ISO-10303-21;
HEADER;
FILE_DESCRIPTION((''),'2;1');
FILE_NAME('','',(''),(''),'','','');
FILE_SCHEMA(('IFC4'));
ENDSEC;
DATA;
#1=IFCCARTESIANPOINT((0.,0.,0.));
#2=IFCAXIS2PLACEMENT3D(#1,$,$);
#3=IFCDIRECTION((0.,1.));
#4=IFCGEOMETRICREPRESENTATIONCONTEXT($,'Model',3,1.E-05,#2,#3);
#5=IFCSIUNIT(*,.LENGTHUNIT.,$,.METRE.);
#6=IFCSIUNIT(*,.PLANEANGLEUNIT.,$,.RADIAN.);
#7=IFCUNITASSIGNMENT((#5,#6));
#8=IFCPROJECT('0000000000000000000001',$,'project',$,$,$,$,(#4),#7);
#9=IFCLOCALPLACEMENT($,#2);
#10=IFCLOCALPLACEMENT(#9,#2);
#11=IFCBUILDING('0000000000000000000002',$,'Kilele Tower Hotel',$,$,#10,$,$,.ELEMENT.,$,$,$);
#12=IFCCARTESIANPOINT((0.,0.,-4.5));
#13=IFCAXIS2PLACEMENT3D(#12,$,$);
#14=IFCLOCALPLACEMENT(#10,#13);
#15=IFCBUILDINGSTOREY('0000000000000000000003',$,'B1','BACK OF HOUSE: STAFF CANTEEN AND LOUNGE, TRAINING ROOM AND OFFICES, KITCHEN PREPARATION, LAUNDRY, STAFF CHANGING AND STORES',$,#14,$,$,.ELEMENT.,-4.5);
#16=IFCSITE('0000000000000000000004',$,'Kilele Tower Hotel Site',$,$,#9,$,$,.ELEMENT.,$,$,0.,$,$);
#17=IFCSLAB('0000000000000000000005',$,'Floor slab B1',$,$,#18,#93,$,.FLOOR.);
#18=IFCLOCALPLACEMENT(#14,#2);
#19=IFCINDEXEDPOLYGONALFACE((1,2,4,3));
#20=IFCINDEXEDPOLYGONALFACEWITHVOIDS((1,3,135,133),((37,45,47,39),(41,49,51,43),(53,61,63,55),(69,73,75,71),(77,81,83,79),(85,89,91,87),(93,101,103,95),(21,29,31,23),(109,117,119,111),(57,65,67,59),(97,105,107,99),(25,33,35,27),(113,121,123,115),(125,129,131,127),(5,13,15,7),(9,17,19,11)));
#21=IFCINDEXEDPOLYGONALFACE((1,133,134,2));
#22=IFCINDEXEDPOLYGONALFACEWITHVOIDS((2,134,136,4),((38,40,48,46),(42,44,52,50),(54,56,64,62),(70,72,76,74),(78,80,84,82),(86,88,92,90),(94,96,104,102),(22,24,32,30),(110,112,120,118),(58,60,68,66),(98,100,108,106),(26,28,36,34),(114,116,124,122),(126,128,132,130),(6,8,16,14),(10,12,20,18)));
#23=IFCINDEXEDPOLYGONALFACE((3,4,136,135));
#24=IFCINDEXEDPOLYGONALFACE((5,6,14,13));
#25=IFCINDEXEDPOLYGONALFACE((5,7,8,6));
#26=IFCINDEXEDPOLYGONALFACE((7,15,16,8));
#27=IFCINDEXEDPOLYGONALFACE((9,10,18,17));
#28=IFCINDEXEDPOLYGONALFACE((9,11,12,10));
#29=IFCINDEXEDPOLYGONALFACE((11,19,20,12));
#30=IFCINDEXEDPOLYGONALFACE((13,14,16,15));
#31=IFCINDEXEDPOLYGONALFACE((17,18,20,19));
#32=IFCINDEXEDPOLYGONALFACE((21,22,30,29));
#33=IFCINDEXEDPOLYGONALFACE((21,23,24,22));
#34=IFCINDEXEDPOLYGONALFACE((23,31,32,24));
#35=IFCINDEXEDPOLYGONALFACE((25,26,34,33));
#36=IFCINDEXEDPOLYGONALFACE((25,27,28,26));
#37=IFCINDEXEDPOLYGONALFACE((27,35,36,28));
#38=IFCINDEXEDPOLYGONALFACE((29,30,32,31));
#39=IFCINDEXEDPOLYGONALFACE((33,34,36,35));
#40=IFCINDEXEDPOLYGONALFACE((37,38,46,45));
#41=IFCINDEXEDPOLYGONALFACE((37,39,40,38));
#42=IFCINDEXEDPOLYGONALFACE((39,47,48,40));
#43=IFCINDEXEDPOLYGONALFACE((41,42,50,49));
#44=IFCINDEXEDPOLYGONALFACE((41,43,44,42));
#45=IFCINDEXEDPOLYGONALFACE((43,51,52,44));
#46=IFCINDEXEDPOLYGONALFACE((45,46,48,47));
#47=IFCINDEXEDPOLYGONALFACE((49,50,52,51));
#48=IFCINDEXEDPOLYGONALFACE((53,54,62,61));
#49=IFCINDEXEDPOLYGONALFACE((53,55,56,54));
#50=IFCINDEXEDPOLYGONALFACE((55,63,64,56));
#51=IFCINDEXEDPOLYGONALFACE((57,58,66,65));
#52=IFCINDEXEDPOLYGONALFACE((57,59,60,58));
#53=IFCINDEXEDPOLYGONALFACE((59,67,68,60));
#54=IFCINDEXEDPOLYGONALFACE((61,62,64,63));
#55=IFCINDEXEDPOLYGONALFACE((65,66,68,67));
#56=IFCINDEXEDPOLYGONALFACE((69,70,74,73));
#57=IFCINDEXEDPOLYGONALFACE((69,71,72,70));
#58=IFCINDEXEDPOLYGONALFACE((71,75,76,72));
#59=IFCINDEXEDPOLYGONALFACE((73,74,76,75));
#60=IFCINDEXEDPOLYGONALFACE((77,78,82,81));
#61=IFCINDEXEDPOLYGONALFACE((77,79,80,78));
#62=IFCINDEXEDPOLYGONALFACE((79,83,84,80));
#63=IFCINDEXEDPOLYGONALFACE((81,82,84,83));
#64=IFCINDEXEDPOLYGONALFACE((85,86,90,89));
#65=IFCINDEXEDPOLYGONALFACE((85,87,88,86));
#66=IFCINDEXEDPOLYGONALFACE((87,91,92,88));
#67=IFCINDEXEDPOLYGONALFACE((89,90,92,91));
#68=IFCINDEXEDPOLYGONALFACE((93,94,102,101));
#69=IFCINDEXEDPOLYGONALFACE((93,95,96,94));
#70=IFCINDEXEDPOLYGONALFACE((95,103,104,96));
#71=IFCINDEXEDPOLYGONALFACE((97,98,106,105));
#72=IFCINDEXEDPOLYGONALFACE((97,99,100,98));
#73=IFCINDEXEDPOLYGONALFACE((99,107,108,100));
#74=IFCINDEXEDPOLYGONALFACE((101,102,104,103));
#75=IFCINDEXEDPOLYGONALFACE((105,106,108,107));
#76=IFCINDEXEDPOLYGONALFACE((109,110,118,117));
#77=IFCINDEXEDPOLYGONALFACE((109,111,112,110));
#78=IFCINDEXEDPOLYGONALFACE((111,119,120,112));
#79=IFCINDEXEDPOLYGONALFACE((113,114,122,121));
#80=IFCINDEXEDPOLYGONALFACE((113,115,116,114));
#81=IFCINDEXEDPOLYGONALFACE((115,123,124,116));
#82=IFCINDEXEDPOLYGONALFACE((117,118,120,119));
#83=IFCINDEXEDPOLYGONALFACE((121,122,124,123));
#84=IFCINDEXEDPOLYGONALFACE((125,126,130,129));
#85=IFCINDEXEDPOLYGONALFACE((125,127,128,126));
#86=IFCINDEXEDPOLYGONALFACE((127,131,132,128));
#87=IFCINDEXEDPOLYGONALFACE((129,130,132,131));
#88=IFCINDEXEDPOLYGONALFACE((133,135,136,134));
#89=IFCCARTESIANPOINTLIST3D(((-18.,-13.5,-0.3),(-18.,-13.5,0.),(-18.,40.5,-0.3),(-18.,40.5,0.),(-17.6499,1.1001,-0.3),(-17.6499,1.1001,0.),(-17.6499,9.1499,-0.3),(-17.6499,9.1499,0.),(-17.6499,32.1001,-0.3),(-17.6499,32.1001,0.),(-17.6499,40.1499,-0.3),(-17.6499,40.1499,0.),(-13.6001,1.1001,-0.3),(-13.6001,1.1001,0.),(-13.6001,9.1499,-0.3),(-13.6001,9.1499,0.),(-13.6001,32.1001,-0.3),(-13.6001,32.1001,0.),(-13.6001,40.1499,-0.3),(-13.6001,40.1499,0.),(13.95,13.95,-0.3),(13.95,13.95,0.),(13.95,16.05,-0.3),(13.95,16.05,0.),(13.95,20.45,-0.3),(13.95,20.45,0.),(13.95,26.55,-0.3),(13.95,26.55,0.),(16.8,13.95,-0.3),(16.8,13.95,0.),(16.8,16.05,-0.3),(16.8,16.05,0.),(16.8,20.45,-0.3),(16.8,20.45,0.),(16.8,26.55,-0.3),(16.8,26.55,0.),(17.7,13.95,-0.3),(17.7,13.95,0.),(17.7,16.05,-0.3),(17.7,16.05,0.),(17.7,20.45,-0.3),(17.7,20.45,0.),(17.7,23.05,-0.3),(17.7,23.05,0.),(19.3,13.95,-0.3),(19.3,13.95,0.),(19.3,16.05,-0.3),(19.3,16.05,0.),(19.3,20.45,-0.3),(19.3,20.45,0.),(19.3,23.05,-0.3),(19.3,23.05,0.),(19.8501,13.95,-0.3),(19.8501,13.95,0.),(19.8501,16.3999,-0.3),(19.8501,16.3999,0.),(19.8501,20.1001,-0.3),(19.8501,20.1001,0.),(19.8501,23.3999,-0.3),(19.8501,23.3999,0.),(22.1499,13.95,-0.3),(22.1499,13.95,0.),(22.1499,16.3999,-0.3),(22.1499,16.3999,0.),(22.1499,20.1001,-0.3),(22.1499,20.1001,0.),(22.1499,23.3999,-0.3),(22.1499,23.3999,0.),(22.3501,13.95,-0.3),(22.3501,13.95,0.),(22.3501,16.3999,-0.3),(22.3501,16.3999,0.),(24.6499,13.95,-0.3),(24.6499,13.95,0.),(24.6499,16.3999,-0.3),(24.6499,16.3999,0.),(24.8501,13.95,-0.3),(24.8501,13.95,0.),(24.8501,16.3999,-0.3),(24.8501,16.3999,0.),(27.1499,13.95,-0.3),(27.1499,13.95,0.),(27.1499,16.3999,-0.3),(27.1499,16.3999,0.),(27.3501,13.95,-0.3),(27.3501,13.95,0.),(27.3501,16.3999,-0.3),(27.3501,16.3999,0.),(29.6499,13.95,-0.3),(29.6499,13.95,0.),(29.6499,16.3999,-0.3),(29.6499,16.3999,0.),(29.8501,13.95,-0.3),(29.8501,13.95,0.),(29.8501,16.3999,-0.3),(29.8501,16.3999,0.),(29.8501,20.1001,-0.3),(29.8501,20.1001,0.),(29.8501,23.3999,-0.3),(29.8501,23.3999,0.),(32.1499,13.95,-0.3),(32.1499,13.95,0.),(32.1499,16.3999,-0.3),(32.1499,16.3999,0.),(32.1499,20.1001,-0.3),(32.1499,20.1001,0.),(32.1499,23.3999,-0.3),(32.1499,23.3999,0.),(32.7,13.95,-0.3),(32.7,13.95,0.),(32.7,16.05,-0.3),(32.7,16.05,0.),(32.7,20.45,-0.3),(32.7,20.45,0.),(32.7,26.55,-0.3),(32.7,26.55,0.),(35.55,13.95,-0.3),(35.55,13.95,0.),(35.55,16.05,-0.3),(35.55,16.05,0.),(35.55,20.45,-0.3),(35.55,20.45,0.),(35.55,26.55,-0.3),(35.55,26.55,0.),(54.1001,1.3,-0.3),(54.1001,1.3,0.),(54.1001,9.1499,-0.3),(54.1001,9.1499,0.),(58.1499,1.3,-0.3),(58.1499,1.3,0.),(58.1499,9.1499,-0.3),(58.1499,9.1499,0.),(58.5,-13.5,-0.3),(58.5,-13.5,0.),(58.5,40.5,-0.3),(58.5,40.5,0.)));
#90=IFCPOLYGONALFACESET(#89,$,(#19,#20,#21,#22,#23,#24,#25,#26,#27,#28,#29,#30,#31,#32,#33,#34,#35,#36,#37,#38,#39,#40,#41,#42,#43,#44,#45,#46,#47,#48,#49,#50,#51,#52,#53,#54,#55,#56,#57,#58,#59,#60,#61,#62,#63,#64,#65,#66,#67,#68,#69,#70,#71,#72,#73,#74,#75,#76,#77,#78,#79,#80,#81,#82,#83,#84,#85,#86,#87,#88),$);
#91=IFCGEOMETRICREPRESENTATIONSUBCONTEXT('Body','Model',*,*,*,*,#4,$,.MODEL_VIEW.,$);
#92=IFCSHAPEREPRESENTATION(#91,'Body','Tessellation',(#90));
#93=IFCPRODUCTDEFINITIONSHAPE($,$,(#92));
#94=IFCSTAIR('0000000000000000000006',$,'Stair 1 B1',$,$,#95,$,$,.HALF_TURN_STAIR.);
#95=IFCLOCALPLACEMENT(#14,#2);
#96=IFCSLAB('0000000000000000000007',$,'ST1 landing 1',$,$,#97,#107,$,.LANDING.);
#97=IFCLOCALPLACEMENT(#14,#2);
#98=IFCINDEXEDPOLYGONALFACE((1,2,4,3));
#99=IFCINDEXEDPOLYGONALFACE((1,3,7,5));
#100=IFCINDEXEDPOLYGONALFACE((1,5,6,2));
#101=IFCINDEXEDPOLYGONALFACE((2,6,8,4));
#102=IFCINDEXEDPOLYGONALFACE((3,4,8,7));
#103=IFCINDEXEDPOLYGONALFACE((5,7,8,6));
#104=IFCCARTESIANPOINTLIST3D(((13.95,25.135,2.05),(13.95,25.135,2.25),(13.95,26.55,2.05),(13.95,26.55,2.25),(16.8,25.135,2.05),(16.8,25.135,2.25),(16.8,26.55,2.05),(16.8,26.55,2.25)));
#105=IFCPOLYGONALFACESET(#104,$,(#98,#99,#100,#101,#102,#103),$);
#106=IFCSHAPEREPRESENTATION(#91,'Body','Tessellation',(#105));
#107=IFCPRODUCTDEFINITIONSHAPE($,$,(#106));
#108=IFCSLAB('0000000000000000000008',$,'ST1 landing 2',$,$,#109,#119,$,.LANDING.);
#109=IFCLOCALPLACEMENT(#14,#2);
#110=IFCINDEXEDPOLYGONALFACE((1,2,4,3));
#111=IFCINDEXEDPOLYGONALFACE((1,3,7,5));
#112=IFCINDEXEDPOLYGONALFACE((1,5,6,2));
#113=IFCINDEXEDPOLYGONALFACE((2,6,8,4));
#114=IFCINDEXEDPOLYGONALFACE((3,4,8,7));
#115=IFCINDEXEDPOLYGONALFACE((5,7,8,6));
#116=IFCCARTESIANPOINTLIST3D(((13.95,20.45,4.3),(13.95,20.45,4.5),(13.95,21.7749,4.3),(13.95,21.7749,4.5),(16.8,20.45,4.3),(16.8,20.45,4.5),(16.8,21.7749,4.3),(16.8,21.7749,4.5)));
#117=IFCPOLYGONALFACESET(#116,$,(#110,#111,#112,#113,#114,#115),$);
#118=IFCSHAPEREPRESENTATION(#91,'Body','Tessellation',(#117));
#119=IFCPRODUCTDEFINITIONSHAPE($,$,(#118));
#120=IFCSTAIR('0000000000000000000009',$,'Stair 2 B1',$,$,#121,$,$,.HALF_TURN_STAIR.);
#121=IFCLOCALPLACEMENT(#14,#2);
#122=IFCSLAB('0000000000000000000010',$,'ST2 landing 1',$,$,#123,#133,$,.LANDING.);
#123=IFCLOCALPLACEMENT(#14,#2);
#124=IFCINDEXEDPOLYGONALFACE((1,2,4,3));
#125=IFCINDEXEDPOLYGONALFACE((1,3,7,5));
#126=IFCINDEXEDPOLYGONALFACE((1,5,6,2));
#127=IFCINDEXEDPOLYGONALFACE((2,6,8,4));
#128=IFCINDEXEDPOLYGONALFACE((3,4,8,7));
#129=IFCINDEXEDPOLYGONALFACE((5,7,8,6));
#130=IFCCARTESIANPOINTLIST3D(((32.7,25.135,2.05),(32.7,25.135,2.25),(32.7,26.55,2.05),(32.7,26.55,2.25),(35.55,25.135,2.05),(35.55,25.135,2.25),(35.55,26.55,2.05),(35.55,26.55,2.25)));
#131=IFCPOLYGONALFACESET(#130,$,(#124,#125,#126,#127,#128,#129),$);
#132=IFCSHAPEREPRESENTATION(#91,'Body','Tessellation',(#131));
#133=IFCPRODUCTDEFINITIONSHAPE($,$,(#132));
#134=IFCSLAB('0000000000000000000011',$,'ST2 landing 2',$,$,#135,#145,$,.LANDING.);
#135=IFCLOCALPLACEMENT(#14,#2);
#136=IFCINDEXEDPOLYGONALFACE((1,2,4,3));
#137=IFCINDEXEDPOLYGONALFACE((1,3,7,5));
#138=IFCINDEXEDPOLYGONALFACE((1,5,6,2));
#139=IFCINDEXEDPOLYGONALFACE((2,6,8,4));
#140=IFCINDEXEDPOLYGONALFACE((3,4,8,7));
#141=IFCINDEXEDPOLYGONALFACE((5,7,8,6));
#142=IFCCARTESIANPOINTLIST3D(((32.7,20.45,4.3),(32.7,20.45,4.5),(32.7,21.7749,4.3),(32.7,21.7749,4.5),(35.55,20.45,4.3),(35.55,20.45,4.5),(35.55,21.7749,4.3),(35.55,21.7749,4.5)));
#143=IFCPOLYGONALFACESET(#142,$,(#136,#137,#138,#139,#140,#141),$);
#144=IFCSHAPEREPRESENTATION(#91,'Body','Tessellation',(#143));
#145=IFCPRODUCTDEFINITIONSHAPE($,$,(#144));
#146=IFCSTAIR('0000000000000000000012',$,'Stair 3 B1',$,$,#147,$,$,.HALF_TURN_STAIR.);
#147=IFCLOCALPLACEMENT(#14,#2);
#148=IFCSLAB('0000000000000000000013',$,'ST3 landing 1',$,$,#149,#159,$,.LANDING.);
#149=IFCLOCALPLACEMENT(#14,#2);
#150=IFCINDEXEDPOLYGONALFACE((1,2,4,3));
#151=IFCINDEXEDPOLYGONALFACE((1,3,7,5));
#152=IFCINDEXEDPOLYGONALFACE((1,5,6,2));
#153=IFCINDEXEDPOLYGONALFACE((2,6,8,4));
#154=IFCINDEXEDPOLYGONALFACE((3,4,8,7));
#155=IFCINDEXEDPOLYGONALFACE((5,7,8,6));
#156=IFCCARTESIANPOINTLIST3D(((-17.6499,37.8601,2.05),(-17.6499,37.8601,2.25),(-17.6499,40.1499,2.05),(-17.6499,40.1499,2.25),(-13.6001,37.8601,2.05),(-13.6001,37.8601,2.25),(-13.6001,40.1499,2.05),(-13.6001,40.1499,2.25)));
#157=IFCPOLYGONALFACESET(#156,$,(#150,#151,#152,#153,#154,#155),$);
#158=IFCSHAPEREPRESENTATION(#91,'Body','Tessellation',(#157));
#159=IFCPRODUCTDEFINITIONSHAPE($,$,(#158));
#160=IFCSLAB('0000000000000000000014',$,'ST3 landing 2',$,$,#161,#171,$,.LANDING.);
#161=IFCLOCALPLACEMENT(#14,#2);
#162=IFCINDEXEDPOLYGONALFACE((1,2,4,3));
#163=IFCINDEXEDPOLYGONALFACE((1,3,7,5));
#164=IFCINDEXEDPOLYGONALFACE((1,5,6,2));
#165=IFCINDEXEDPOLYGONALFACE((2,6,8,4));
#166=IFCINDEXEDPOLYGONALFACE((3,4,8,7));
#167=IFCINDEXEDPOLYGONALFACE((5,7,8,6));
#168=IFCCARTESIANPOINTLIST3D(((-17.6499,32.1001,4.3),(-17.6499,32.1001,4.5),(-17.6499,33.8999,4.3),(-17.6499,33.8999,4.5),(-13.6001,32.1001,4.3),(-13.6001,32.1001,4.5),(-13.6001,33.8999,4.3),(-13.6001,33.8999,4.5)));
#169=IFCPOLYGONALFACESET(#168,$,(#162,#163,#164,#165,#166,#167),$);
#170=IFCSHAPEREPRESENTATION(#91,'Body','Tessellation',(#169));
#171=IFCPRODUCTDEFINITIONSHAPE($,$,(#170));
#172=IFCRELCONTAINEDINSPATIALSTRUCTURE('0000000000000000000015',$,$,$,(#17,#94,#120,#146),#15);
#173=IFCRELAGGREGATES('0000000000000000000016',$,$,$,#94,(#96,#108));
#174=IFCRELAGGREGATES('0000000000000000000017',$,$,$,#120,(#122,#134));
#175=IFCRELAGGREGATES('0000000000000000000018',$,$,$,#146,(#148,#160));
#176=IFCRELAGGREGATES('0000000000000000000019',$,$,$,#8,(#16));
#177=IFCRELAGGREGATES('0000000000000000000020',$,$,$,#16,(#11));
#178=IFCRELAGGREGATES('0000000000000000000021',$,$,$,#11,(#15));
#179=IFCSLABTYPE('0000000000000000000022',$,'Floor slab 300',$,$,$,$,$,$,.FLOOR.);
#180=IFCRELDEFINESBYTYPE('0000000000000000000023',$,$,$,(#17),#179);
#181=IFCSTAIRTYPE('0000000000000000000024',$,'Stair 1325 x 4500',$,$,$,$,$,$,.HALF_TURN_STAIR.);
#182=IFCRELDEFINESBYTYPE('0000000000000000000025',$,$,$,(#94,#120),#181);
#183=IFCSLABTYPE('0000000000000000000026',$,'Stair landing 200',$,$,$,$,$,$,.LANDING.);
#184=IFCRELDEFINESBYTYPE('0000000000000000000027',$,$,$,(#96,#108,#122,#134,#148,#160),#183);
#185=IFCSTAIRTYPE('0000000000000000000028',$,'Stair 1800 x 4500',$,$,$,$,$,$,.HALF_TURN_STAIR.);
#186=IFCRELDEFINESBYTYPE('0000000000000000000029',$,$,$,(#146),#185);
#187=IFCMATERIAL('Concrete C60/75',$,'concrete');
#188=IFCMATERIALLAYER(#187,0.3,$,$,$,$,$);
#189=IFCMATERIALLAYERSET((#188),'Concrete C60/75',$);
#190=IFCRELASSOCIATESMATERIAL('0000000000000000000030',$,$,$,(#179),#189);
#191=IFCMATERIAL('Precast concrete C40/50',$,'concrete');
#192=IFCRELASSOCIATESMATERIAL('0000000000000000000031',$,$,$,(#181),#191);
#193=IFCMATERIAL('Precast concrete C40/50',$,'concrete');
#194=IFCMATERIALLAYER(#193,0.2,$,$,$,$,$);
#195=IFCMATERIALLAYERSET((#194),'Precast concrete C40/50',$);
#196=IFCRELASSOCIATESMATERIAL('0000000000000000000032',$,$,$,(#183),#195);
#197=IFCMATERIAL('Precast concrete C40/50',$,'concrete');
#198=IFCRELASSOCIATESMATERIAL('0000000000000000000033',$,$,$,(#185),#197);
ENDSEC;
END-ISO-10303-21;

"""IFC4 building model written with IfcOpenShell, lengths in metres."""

from ifc_helpers import new_model, si_unit, direction, frame, origin, place, context, subcontext, project, spatial, polyline, outline, extrude, material, layer, layer_set, type_object, element, aggregate, save


model = new_model("IFC4")

# Units and contexts
model_context = context("Model", 3, precision=1e-05, world=origin(), true_north=direction((0.0, 1.0)))
body_context = subcontext(model_context, "Body", "Model", "MODEL_VIEW")
ifc_project = project(units=[si_unit("LENGTHUNIT", "METRE"), si_unit("PLANEANGLEUNIT", "RADIAN")], contexts=[model_context])

# Site, building, storey
site_placement = place(None, origin())
site = spatial("IfcSite", under=ifc_project, at=site_placement, Name="Kilele Tower Hotel Site", CompositionType="ELEMENT", RefElevation=0.0)
building_placement = place(site_placement, origin())
building = spatial("IfcBuilding", under=site, at=building_placement, Name="Kilele Tower Hotel", CompositionType="ELEMENT")
storey_placement = place(building_placement, frame((0.0, 0.0, -4.5)))
storey = spatial("IfcBuildingStorey", under=building, at=storey_placement, Name="B1", Description="BACK OF HOUSE: STAFF CANTEEN AND LOUNGE, TRAINING ROOM AND OFFICES, KITCHEN PREPARATION, LAUNDRY, STAFF CHANGING AND STORES", CompositionType="ELEMENT", Elevation=-4.5)

# Slab
ifc_material_1 = material(Name="Concrete C60/75", Category="concrete")
ifc_layer_1 = layer(ifc_material_1, 0.3)
ifc_layer_set_1 = layer_set([ifc_layer_1], Name="Concrete C60/75")
slab_type_1 = type_object("IfcSlabType", Name="Floor slab 300", PredefinedType="FLOOR", material=ifc_layer_set_1)
slab_1_placement = place(storey_placement, frame((0.0, 0.0, -0.3)))
element("IfcSlab", 1, at=slab_1_placement, inside=storey, type_object=slab_type_1, Name="Floor slab B1", PredefinedType="FLOOR", context=body_context, shape_type="SweptSolid", body=[
    extrude(outline(polyline([(-18.0, -13.5), (-18.0, 40.5), (58.5, 40.5), (58.5, -13.5), (-18.0, -13.5)]), holes=[polyline([(-13.6001, 1.1001), (-13.6001, 9.1499), (-17.6499, 9.1499), (-17.6499, 1.1001), (-13.6001, 1.1001)]), polyline([(16.8, 13.95), (16.8, 16.05), (13.95, 16.05), (13.95, 13.95), (16.8, 13.95)]), polyline([(19.3, 13.95), (19.3, 16.05), (17.7, 16.05), (17.7, 13.95), (19.3, 13.95)]), polyline([(22.1499, 13.95), (22.1499, 16.3999), (19.8501, 16.3999), (19.8501, 13.95), (22.1499, 13.95)]), polyline([(19.3, 20.45), (19.3, 23.05), (17.7, 23.05), (17.7, 20.45), (19.3, 20.45)]), polyline([(22.1499, 20.1001), (22.1499, 23.3999), (19.8501, 23.3999), (19.8501, 20.1001), (22.1499, 20.1001)]), polyline([(16.8, 20.45), (16.8, 26.55), (13.95, 26.55), (13.95, 20.45), (16.8, 20.45)]), polyline([(-13.6001, 32.1001), (-13.6001, 40.1499), (-17.6499, 40.1499), (-17.6499, 32.1001), (-13.6001, 32.1001)]), polyline([(58.1499, 1.3), (58.1499, 9.1499), (54.1001, 9.1499), (54.1001, 1.3), (58.1499, 1.3)]), polyline([(35.55, 13.95), (35.55, 16.05), (32.7, 16.05), (32.7, 13.95), (35.55, 13.95)]), polyline([(24.6499, 13.95), (24.6499, 16.3999), (22.3501, 16.3999), (22.3501, 13.95), (24.6499, 13.95)]), polyline([(27.1499, 13.95), (27.1499, 16.3999), (24.8501, 16.3999), (24.8501, 13.95), (27.1499, 13.95)]), polyline([(29.6499, 13.95), (29.6499, 16.3999), (27.3501, 16.3999), (27.3501, 13.95), (29.6499, 13.95)]), polyline([(32.1499, 13.95), (32.1499, 16.3999), (29.8501, 16.3999), (29.8501, 13.95), (32.1499, 13.95)]), polyline([(32.1499, 20.1001), (32.1499, 23.3999), (29.8501, 23.3999), (29.8501, 20.1001), (32.1499, 20.1001)]), polyline([(35.55, 20.45), (35.55, 26.55), (32.7, 26.55), (32.7, 20.45), (35.55, 20.45)])]), origin(), (0.0, 0.0, 1.0), 0.3),
])

# Stairs, slabs
ifc_material_2 = material(Name="Precast concrete C40/50", Category="concrete")
stair_type_1 = type_object("IfcStairType", Name="Stair 1325 x 4500", PredefinedType="HALF_TURN_STAIR", material=ifc_material_2)
stair_1_placement = place(storey_placement, origin())
stair_1 = element("IfcStair", 2, at=stair_1_placement, inside=storey, type_object=stair_type_1, Name="Stair 1 B1", PredefinedType="HALF_TURN_STAIR")
ifc_material_3 = material(Name="Precast concrete C40/50", Category="concrete")
ifc_layer_2 = layer(ifc_material_3, 0.2)
ifc_layer_set_2 = layer_set([ifc_layer_2], Name="Precast concrete C40/50")
slab_type_2 = type_object("IfcSlabType", Name="Stair landing 200", PredefinedType="LANDING", material=ifc_layer_set_2)
slab_2_placement = place(storey_placement, frame((0.0, 0.0, 2.05)))
slab_2 = element("IfcSlab", 3, at=slab_2_placement, type_object=slab_type_2, Name="ST1 landing 1", PredefinedType="LANDING", context=body_context, shape_type="SweptSolid", body=[
    extrude(outline(polyline([(13.95, 25.135), (16.8, 25.135), (16.8, 26.55), (13.95, 26.55), (13.95, 25.135)])), origin(), (0.0, 0.0, 1.0), 0.2),
])
slab_3_placement = place(storey_placement, frame((0.0, 0.0, 4.3)))
slab_3 = element("IfcSlab", 4, at=slab_3_placement, type_object=slab_type_2, Name="ST1 landing 2", PredefinedType="LANDING", context=body_context, shape_type="SweptSolid", body=[
    extrude(outline(polyline([(13.95, 20.45), (16.8, 20.45), (16.8, 21.7749), (13.95, 21.7749), (13.95, 20.45)])), origin(), (0.0, 0.0, 1.0), 0.2),
])
aggregate(stair_1, [slab_2, slab_3])
stair_2_placement = place(storey_placement, origin())
stair_2 = element("IfcStair", 5, at=stair_2_placement, inside=storey, type_object=stair_type_1, Name="Stair 2 B1", PredefinedType="HALF_TURN_STAIR")
slab_4_placement = place(storey_placement, frame((0.0, 0.0, 2.05)))
slab_4 = element("IfcSlab", 6, at=slab_4_placement, type_object=slab_type_2, Name="ST2 landing 1", PredefinedType="LANDING", context=body_context, shape_type="SweptSolid", body=[
    extrude(outline(polyline([(32.7, 25.135), (35.55, 25.135), (35.55, 26.55), (32.7, 26.55), (32.7, 25.135)])), origin(), (0.0, 0.0, 1.0), 0.2),
])
slab_5_placement = place(storey_placement, frame((0.0, 0.0, 4.3)))
slab_5 = element("IfcSlab", 7, at=slab_5_placement, type_object=slab_type_2, Name="ST2 landing 2", PredefinedType="LANDING", context=body_context, shape_type="SweptSolid", body=[
    extrude(outline(polyline([(32.7, 20.45), (35.55, 20.45), (35.55, 21.7749), (32.7, 21.7749), (32.7, 20.45)])), origin(), (0.0, 0.0, 1.0), 0.2),
])
aggregate(stair_2, [slab_4, slab_5])
ifc_material_4 = material(Name="Precast concrete C40/50", Category="concrete")
stair_type_2 = type_object("IfcStairType", Name="Stair 1800 x 4500", PredefinedType="HALF_TURN_STAIR", material=ifc_material_4)
stair_3_placement = place(storey_placement, origin())
stair_3 = element("IfcStair", 8, at=stair_3_placement, inside=storey, type_object=stair_type_2, Name="Stair 3 B1", PredefinedType="HALF_TURN_STAIR")
slab_6_placement = place(storey_placement, frame((0.0, 0.0, 2.05)))
slab_6 = element("IfcSlab", 9, at=slab_6_placement, type_object=slab_type_2, Name="ST3 landing 1", PredefinedType="LANDING", context=body_context, shape_type="SweptSolid", body=[
    extrude(outline(polyline([(-17.6499, 37.8601), (-13.6001, 37.8601), (-13.6001, 40.1499), (-17.6499, 40.1499), (-17.6499, 37.8601)])), origin(), (0.0, 0.0, 1.0), 0.2),
])
slab_7_placement = place(storey_placement, frame((0.0, 0.0, 4.3)))
slab_7 = element("IfcSlab", 10, at=slab_7_placement, type_object=slab_type_2, Name="ST3 landing 2", PredefinedType="LANDING", context=body_context, shape_type="SweptSolid", body=[
    extrude(outline(polyline([(-17.6499, 32.1001), (-13.6001, 32.1001), (-13.6001, 33.8999), (-17.6499, 33.8999), (-17.6499, 32.1001)])), origin(), (0.0, 0.0, 1.0), 0.2),
])
aggregate(stair_3, [slab_6, slab_7])

save(model, "model.ifc")
